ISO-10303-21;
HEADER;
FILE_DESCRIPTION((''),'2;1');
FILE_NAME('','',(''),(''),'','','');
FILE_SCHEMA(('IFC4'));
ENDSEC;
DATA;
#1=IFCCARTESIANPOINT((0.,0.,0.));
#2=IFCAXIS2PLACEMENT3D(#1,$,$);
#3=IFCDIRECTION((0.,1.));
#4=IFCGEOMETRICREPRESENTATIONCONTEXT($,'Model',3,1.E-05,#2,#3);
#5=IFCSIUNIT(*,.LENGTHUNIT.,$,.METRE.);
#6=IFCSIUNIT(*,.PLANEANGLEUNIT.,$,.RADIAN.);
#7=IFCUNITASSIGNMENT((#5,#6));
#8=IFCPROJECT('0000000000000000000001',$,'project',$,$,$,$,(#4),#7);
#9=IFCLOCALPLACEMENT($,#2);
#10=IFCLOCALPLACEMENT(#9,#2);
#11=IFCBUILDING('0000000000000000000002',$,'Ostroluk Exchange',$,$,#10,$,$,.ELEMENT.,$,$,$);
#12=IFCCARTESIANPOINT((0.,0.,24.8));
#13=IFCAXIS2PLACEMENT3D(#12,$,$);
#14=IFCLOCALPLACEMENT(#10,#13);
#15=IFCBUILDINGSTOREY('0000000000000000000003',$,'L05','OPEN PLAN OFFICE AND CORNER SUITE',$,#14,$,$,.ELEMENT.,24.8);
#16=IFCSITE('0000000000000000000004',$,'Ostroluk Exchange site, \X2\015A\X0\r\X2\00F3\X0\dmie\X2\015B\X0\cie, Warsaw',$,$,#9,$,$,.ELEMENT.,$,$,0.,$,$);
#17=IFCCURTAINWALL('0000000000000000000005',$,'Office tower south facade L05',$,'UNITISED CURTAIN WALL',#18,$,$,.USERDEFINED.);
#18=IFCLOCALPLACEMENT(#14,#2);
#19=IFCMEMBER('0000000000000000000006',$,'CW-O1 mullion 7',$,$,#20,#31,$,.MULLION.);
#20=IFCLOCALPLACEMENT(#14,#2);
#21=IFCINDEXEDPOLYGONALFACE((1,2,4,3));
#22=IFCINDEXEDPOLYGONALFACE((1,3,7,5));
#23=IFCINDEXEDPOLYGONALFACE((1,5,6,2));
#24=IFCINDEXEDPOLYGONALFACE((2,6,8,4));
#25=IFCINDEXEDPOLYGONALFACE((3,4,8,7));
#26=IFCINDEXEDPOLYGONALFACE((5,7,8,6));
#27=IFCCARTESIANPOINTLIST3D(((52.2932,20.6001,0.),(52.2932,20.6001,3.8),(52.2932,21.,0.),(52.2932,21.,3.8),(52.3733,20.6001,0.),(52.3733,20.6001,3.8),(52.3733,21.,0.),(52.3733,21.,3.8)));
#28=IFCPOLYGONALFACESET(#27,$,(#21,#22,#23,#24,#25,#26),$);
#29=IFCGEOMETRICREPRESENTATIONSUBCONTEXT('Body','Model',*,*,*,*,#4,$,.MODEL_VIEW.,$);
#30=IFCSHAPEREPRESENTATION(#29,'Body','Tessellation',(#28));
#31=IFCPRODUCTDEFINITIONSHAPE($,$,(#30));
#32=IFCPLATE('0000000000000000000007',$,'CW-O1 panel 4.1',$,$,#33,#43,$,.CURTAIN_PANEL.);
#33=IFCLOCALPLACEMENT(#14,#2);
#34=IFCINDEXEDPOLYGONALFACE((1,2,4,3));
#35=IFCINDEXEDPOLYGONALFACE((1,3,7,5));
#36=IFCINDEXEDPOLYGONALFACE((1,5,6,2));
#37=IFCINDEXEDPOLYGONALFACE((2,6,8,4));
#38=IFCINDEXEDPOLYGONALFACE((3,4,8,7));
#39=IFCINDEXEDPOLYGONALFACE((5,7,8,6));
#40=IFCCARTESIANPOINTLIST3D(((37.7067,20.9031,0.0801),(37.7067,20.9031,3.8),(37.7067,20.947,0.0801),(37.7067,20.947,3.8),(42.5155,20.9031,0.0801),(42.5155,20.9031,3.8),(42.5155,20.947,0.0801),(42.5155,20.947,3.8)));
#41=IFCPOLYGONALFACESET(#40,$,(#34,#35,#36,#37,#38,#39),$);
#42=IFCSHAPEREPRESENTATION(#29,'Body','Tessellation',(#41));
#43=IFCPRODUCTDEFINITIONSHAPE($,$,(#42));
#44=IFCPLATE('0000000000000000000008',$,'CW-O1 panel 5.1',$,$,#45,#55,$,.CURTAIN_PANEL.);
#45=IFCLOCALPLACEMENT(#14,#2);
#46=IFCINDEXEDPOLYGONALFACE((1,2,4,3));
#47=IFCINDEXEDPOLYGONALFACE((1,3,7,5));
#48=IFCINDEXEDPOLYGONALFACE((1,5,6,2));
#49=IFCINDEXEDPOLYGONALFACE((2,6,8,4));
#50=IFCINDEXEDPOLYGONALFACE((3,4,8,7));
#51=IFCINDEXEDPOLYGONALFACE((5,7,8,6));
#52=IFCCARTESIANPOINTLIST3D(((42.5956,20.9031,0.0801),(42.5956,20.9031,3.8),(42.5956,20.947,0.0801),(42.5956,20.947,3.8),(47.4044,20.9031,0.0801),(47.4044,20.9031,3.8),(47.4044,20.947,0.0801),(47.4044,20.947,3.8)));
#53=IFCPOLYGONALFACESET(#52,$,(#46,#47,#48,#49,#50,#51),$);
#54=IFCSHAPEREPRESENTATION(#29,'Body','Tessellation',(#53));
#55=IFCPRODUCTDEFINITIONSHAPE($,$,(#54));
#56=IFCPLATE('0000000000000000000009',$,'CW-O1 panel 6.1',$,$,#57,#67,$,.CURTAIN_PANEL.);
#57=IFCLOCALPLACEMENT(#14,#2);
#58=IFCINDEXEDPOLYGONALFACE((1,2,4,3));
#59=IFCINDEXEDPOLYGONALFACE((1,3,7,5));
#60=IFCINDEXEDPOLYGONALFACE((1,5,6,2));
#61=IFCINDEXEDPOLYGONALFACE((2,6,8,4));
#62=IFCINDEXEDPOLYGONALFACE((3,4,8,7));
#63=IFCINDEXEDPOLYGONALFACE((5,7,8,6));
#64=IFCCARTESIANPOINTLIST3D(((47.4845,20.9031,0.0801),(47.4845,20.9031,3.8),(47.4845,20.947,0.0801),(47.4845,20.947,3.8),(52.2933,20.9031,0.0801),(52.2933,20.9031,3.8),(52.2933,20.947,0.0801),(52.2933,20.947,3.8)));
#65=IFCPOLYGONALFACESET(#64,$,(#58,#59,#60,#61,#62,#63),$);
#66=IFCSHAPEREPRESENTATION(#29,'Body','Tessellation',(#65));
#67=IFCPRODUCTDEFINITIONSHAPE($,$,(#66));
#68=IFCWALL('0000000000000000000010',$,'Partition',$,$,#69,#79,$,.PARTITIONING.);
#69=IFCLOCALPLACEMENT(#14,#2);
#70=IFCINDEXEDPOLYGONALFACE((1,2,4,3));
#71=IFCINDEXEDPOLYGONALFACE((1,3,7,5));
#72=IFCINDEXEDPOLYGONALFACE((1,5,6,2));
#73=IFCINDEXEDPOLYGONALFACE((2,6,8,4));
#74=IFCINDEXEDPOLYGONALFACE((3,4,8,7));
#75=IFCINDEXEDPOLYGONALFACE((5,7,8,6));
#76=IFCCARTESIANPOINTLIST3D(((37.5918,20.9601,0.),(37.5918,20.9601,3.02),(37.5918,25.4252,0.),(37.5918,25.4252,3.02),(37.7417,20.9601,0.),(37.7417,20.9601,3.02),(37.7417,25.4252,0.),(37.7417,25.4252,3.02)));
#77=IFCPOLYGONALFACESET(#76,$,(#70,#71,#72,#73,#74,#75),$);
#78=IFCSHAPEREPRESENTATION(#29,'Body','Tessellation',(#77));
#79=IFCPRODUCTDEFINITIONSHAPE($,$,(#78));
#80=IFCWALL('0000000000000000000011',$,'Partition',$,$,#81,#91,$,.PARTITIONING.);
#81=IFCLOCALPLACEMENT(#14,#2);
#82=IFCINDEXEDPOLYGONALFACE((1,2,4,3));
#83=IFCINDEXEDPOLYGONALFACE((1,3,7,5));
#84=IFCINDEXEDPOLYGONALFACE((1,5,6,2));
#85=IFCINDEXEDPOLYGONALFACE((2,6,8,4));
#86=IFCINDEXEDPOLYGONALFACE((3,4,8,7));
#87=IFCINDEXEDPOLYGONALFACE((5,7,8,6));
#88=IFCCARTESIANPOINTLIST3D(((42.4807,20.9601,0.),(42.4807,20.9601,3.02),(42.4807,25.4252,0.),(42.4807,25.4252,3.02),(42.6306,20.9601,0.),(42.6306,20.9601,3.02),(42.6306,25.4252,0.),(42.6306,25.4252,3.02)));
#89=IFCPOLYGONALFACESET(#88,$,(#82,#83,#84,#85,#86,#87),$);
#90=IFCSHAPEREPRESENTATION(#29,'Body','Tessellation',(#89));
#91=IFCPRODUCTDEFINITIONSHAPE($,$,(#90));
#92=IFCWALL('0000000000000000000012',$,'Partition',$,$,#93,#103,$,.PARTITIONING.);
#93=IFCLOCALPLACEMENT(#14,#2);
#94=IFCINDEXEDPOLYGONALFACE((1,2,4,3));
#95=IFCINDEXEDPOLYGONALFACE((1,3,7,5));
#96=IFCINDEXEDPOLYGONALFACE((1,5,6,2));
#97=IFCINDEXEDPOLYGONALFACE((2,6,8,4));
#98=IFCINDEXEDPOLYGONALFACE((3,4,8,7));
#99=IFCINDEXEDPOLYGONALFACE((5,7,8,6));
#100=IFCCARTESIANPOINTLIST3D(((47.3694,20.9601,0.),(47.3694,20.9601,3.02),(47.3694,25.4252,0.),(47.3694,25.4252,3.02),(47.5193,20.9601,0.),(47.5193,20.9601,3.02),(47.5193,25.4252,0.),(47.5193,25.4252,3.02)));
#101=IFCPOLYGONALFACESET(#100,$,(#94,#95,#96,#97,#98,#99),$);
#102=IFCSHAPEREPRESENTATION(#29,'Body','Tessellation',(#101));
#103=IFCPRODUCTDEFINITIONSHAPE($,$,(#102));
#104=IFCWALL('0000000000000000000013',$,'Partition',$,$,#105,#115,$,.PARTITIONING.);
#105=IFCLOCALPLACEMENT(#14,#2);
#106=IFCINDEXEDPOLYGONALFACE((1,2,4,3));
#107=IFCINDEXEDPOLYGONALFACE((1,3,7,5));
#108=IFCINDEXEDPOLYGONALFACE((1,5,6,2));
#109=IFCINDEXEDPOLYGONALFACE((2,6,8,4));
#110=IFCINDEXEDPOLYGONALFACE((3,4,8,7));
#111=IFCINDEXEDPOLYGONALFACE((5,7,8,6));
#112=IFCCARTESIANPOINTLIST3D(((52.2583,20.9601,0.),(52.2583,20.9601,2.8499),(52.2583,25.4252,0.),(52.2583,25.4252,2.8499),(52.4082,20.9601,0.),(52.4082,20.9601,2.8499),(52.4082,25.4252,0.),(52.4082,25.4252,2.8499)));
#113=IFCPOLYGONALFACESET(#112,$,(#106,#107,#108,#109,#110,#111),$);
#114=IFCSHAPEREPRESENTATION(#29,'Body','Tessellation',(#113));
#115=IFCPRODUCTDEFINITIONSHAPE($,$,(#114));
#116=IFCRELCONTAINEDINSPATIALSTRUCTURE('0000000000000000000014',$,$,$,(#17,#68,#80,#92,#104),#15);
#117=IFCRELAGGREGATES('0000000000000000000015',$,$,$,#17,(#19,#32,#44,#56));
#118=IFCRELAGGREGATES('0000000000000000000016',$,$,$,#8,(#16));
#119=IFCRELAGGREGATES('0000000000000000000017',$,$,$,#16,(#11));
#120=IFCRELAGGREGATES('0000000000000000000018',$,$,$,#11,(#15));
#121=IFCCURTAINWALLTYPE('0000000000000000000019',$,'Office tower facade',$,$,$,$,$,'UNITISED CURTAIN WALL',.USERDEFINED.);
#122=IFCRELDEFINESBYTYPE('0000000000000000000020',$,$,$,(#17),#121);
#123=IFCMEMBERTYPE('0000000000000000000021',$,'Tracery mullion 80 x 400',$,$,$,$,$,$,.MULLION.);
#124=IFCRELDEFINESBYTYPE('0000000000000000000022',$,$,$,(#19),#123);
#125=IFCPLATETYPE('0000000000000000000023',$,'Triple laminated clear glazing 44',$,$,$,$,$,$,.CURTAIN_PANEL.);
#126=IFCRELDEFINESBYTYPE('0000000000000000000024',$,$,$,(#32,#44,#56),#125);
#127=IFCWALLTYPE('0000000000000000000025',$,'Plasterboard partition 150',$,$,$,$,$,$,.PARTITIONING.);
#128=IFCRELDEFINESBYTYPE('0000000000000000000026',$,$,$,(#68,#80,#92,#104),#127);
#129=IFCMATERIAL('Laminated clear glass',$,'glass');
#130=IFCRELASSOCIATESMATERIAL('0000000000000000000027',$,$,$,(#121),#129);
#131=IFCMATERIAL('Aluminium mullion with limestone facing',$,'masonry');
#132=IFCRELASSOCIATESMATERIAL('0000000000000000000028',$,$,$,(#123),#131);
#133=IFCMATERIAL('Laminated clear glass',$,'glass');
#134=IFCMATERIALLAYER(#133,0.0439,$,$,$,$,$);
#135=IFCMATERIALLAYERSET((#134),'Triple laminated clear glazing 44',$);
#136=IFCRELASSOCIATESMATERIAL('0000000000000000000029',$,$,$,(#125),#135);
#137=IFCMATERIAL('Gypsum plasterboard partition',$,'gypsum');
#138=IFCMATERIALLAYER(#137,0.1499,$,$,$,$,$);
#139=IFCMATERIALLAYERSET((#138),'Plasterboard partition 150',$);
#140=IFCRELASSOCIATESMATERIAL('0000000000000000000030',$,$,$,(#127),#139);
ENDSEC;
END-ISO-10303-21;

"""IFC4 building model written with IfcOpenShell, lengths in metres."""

from ifc_helpers import new_model, si_unit, direction, frame, frame_2d, origin, origin_2d, place, context, subcontext, project, spatial, rectangle, extrude, material, layer, layer_set, material_profile, profile_set, type_object, element, aggregate, save


model = new_model("IFC4")

# Units and contexts
model_context = context("Model", 3, precision=1e-05, world=origin(), true_north=direction((0.0, 1.0)))
body_context = subcontext(model_context, "Body", "Model", "MODEL_VIEW")
ifc_project = project(units=[si_unit("LENGTHUNIT", "METRE"), si_unit("PLANEANGLEUNIT", "RADIAN")], contexts=[model_context])

# Site, building, storey
site_placement = place(None, origin())
site = spatial("IfcSite", under=ifc_project, at=site_placement, Name="Ostroluk Exchange site, Śródmieście, Warsaw", CompositionType="ELEMENT", RefElevation=0.0)
building_placement = place(site_placement, origin())
building = spatial("IfcBuilding", under=site, at=building_placement, Name="Ostroluk Exchange", CompositionType="ELEMENT")
storey_placement = place(building_placement, frame((0.0, 0.0, 24.8)))
storey = spatial("IfcBuildingStorey", under=building, at=storey_placement, Name="L05", Description="OPEN PLAN OFFICE AND CORNER SUITE", CompositionType="ELEMENT", Elevation=24.8)

# Curtain wall, member, plates
ifc_material_1 = material(Name="Laminated clear glass", Category="glass")
curtain_wall_type = type_object("IfcCurtainWallType", Name="Office tower facade", ElementType="UNITISED CURTAIN WALL", PredefinedType="USERDEFINED", material=ifc_material_1)
curtain_wall_placement = place(storey_placement, origin())
curtain_wall = element("IfcCurtainWall", 1, at=curtain_wall_placement, inside=storey, type_object=curtain_wall_type, Name="Office tower south facade L05", ObjectType="UNITISED CURTAIN WALL", PredefinedType="USERDEFINED")
ifc_material_2 = material(Name="Aluminium mullion with limestone facing", Category="masonry")
ifc_material_profile_1 = material_profile(ifc_material_2, rectangle(XDim=0.3999, YDim=0.0801, at=origin_2d()), Name="Tracery mullion 80 x 400")
ifc_profile_set_1 = profile_set([ifc_material_profile_1], Name="Aluminium mullion with limestone facing")
member_type_1 = type_object("IfcMemberType", Name="Tracery mullion 80 x 400", PredefinedType="MULLION", material=ifc_profile_set_1)
member_1_placement = place(storey_placement, frame((52.3333, 20.8, 0.0), z_axis=(0.0, 0.0, 1.0), x_axis=(0.0, 1.0, 0.0)))
member_1 = element("IfcMember", 2, at=member_1_placement, type_object=member_type_1, Name="CW-O1 mullion 7", PredefinedType="MULLION", context=body_context, shape_type="SweptSolid", body=[
    extrude(rectangle(XDim=0.3999, YDim=0.0801, at=origin_2d()), origin(), (0.0, 0.0, 1.0), 3.8),
])
ifc_material_3 = material(Name="Laminated clear glass", Category="glass")
ifc_layer_1 = layer(ifc_material_3, 0.0439)
ifc_layer_set_1 = layer_set([ifc_layer_1], Name="Triple laminated clear glazing 44")
plate_type = type_object("IfcPlateType", Name="Triple laminated clear glazing 44", PredefinedType="CURTAIN_PANEL", material=ifc_layer_set_1)
plate_1_placement = place(storey_placement, frame((40.1111, 20.925, 0.0801), z_axis=(0.0, 0.0, 1.0), x_axis=(1.0, 0.0, 0.0)))
plate_1 = element("IfcPlate", 3, at=plate_1_placement, type_object=plate_type, Name="CW-O1 panel 4.1", PredefinedType="CURTAIN_PANEL", context=body_context, shape_type="SweptSolid", body=[
    extrude(rectangle(XDim=4.8088, YDim=0.0439, at=origin_2d()), origin(), (0.0, 0.0, 1.0), 3.72),
])
plate_2_placement = place(storey_placement, frame((45.0, 20.925, 0.0801), z_axis=(0.0, 0.0, 1.0), x_axis=(1.0, 0.0, 0.0)))
plate_2 = element("IfcPlate", 4, at=plate_2_placement, type_object=plate_type, Name="CW-O1 panel 5.1", PredefinedType="CURTAIN_PANEL", context=body_context, shape_type="SweptSolid", body=[
    extrude(rectangle(XDim=4.8088, YDim=0.0439, at=origin_2d()), origin(), (0.0, 0.0, 1.0), 3.72),
])
plate_3_placement = place(storey_placement, frame((49.8889, 20.925, 0.0801), z_axis=(0.0, 0.0, 1.0), x_axis=(1.0, 0.0, 0.0)))
plate_3 = element("IfcPlate", 5, at=plate_3_placement, type_object=plate_type, Name="CW-O1 panel 6.1", PredefinedType="CURTAIN_PANEL", context=body_context, shape_type="SweptSolid", body=[
    extrude(rectangle(XDim=4.8088, YDim=0.0439, at=origin_2d()), origin(), (0.0, 0.0, 1.0), 3.72),
])
aggregate(curtain_wall, [member_1, plate_1, plate_2, plate_3])

# Walls
ifc_material_4 = material(Name="Gypsum plasterboard partition", Category="gypsum")
ifc_layer_2 = layer(ifc_material_4, 0.1499)
ifc_layer_set_2 = layer_set([ifc_layer_2], Name="Plasterboard partition 150")
wall_type = type_object("IfcWallType", Name="Plasterboard partition 150", PredefinedType="PARTITIONING", material=ifc_layer_set_2)
for number, where, z_axis, x_axis, name in (
    (6, (37.6667, 25.425, 0.0), (0.0, 0.0, 1.0), (0.0, -1.0, 0.0), "Partition"),
    (7, (42.5557, 25.425, 0.0), (0.0, 0.0, 1.0), (0.0, -1.0, 0.0), "Partition"),
    (8, (47.4443, 25.425, 0.0), (0.0, 0.0, 1.0), (0.0, -1.0, 0.0), "Partition"),
):
    element("IfcWall", number, at=place(storey_placement, frame(where, z_axis=z_axis, x_axis=x_axis)), inside=storey, type_object=wall_type, Name=name, PredefinedType="PARTITIONING", context=body_context, shape_type="SweptSolid", body=[
        extrude(rectangle(XDim=4.4651, YDim=0.1499, at=frame_2d((2.2324, 0.0))), origin(), (0.0, 0.0, 1.0), 3.02),
    ])
wall_placement = place(storey_placement, frame((52.3333, 25.425, 0.0), z_axis=(0.0, 0.0, 1.0), x_axis=(0.0, -1.0, 0.0)))
element("IfcWall", 9, at=wall_placement, inside=storey, type_object=wall_type, Name="Partition", PredefinedType="PARTITIONING", context=body_context, shape_type="SweptSolid", body=[
    extrude(rectangle(XDim=4.4651, YDim=0.1499, at=frame_2d((2.2324, 0.0))), origin(), (0.0, 0.0, 1.0), 2.8499),
])

save(model, "model.ifc")
